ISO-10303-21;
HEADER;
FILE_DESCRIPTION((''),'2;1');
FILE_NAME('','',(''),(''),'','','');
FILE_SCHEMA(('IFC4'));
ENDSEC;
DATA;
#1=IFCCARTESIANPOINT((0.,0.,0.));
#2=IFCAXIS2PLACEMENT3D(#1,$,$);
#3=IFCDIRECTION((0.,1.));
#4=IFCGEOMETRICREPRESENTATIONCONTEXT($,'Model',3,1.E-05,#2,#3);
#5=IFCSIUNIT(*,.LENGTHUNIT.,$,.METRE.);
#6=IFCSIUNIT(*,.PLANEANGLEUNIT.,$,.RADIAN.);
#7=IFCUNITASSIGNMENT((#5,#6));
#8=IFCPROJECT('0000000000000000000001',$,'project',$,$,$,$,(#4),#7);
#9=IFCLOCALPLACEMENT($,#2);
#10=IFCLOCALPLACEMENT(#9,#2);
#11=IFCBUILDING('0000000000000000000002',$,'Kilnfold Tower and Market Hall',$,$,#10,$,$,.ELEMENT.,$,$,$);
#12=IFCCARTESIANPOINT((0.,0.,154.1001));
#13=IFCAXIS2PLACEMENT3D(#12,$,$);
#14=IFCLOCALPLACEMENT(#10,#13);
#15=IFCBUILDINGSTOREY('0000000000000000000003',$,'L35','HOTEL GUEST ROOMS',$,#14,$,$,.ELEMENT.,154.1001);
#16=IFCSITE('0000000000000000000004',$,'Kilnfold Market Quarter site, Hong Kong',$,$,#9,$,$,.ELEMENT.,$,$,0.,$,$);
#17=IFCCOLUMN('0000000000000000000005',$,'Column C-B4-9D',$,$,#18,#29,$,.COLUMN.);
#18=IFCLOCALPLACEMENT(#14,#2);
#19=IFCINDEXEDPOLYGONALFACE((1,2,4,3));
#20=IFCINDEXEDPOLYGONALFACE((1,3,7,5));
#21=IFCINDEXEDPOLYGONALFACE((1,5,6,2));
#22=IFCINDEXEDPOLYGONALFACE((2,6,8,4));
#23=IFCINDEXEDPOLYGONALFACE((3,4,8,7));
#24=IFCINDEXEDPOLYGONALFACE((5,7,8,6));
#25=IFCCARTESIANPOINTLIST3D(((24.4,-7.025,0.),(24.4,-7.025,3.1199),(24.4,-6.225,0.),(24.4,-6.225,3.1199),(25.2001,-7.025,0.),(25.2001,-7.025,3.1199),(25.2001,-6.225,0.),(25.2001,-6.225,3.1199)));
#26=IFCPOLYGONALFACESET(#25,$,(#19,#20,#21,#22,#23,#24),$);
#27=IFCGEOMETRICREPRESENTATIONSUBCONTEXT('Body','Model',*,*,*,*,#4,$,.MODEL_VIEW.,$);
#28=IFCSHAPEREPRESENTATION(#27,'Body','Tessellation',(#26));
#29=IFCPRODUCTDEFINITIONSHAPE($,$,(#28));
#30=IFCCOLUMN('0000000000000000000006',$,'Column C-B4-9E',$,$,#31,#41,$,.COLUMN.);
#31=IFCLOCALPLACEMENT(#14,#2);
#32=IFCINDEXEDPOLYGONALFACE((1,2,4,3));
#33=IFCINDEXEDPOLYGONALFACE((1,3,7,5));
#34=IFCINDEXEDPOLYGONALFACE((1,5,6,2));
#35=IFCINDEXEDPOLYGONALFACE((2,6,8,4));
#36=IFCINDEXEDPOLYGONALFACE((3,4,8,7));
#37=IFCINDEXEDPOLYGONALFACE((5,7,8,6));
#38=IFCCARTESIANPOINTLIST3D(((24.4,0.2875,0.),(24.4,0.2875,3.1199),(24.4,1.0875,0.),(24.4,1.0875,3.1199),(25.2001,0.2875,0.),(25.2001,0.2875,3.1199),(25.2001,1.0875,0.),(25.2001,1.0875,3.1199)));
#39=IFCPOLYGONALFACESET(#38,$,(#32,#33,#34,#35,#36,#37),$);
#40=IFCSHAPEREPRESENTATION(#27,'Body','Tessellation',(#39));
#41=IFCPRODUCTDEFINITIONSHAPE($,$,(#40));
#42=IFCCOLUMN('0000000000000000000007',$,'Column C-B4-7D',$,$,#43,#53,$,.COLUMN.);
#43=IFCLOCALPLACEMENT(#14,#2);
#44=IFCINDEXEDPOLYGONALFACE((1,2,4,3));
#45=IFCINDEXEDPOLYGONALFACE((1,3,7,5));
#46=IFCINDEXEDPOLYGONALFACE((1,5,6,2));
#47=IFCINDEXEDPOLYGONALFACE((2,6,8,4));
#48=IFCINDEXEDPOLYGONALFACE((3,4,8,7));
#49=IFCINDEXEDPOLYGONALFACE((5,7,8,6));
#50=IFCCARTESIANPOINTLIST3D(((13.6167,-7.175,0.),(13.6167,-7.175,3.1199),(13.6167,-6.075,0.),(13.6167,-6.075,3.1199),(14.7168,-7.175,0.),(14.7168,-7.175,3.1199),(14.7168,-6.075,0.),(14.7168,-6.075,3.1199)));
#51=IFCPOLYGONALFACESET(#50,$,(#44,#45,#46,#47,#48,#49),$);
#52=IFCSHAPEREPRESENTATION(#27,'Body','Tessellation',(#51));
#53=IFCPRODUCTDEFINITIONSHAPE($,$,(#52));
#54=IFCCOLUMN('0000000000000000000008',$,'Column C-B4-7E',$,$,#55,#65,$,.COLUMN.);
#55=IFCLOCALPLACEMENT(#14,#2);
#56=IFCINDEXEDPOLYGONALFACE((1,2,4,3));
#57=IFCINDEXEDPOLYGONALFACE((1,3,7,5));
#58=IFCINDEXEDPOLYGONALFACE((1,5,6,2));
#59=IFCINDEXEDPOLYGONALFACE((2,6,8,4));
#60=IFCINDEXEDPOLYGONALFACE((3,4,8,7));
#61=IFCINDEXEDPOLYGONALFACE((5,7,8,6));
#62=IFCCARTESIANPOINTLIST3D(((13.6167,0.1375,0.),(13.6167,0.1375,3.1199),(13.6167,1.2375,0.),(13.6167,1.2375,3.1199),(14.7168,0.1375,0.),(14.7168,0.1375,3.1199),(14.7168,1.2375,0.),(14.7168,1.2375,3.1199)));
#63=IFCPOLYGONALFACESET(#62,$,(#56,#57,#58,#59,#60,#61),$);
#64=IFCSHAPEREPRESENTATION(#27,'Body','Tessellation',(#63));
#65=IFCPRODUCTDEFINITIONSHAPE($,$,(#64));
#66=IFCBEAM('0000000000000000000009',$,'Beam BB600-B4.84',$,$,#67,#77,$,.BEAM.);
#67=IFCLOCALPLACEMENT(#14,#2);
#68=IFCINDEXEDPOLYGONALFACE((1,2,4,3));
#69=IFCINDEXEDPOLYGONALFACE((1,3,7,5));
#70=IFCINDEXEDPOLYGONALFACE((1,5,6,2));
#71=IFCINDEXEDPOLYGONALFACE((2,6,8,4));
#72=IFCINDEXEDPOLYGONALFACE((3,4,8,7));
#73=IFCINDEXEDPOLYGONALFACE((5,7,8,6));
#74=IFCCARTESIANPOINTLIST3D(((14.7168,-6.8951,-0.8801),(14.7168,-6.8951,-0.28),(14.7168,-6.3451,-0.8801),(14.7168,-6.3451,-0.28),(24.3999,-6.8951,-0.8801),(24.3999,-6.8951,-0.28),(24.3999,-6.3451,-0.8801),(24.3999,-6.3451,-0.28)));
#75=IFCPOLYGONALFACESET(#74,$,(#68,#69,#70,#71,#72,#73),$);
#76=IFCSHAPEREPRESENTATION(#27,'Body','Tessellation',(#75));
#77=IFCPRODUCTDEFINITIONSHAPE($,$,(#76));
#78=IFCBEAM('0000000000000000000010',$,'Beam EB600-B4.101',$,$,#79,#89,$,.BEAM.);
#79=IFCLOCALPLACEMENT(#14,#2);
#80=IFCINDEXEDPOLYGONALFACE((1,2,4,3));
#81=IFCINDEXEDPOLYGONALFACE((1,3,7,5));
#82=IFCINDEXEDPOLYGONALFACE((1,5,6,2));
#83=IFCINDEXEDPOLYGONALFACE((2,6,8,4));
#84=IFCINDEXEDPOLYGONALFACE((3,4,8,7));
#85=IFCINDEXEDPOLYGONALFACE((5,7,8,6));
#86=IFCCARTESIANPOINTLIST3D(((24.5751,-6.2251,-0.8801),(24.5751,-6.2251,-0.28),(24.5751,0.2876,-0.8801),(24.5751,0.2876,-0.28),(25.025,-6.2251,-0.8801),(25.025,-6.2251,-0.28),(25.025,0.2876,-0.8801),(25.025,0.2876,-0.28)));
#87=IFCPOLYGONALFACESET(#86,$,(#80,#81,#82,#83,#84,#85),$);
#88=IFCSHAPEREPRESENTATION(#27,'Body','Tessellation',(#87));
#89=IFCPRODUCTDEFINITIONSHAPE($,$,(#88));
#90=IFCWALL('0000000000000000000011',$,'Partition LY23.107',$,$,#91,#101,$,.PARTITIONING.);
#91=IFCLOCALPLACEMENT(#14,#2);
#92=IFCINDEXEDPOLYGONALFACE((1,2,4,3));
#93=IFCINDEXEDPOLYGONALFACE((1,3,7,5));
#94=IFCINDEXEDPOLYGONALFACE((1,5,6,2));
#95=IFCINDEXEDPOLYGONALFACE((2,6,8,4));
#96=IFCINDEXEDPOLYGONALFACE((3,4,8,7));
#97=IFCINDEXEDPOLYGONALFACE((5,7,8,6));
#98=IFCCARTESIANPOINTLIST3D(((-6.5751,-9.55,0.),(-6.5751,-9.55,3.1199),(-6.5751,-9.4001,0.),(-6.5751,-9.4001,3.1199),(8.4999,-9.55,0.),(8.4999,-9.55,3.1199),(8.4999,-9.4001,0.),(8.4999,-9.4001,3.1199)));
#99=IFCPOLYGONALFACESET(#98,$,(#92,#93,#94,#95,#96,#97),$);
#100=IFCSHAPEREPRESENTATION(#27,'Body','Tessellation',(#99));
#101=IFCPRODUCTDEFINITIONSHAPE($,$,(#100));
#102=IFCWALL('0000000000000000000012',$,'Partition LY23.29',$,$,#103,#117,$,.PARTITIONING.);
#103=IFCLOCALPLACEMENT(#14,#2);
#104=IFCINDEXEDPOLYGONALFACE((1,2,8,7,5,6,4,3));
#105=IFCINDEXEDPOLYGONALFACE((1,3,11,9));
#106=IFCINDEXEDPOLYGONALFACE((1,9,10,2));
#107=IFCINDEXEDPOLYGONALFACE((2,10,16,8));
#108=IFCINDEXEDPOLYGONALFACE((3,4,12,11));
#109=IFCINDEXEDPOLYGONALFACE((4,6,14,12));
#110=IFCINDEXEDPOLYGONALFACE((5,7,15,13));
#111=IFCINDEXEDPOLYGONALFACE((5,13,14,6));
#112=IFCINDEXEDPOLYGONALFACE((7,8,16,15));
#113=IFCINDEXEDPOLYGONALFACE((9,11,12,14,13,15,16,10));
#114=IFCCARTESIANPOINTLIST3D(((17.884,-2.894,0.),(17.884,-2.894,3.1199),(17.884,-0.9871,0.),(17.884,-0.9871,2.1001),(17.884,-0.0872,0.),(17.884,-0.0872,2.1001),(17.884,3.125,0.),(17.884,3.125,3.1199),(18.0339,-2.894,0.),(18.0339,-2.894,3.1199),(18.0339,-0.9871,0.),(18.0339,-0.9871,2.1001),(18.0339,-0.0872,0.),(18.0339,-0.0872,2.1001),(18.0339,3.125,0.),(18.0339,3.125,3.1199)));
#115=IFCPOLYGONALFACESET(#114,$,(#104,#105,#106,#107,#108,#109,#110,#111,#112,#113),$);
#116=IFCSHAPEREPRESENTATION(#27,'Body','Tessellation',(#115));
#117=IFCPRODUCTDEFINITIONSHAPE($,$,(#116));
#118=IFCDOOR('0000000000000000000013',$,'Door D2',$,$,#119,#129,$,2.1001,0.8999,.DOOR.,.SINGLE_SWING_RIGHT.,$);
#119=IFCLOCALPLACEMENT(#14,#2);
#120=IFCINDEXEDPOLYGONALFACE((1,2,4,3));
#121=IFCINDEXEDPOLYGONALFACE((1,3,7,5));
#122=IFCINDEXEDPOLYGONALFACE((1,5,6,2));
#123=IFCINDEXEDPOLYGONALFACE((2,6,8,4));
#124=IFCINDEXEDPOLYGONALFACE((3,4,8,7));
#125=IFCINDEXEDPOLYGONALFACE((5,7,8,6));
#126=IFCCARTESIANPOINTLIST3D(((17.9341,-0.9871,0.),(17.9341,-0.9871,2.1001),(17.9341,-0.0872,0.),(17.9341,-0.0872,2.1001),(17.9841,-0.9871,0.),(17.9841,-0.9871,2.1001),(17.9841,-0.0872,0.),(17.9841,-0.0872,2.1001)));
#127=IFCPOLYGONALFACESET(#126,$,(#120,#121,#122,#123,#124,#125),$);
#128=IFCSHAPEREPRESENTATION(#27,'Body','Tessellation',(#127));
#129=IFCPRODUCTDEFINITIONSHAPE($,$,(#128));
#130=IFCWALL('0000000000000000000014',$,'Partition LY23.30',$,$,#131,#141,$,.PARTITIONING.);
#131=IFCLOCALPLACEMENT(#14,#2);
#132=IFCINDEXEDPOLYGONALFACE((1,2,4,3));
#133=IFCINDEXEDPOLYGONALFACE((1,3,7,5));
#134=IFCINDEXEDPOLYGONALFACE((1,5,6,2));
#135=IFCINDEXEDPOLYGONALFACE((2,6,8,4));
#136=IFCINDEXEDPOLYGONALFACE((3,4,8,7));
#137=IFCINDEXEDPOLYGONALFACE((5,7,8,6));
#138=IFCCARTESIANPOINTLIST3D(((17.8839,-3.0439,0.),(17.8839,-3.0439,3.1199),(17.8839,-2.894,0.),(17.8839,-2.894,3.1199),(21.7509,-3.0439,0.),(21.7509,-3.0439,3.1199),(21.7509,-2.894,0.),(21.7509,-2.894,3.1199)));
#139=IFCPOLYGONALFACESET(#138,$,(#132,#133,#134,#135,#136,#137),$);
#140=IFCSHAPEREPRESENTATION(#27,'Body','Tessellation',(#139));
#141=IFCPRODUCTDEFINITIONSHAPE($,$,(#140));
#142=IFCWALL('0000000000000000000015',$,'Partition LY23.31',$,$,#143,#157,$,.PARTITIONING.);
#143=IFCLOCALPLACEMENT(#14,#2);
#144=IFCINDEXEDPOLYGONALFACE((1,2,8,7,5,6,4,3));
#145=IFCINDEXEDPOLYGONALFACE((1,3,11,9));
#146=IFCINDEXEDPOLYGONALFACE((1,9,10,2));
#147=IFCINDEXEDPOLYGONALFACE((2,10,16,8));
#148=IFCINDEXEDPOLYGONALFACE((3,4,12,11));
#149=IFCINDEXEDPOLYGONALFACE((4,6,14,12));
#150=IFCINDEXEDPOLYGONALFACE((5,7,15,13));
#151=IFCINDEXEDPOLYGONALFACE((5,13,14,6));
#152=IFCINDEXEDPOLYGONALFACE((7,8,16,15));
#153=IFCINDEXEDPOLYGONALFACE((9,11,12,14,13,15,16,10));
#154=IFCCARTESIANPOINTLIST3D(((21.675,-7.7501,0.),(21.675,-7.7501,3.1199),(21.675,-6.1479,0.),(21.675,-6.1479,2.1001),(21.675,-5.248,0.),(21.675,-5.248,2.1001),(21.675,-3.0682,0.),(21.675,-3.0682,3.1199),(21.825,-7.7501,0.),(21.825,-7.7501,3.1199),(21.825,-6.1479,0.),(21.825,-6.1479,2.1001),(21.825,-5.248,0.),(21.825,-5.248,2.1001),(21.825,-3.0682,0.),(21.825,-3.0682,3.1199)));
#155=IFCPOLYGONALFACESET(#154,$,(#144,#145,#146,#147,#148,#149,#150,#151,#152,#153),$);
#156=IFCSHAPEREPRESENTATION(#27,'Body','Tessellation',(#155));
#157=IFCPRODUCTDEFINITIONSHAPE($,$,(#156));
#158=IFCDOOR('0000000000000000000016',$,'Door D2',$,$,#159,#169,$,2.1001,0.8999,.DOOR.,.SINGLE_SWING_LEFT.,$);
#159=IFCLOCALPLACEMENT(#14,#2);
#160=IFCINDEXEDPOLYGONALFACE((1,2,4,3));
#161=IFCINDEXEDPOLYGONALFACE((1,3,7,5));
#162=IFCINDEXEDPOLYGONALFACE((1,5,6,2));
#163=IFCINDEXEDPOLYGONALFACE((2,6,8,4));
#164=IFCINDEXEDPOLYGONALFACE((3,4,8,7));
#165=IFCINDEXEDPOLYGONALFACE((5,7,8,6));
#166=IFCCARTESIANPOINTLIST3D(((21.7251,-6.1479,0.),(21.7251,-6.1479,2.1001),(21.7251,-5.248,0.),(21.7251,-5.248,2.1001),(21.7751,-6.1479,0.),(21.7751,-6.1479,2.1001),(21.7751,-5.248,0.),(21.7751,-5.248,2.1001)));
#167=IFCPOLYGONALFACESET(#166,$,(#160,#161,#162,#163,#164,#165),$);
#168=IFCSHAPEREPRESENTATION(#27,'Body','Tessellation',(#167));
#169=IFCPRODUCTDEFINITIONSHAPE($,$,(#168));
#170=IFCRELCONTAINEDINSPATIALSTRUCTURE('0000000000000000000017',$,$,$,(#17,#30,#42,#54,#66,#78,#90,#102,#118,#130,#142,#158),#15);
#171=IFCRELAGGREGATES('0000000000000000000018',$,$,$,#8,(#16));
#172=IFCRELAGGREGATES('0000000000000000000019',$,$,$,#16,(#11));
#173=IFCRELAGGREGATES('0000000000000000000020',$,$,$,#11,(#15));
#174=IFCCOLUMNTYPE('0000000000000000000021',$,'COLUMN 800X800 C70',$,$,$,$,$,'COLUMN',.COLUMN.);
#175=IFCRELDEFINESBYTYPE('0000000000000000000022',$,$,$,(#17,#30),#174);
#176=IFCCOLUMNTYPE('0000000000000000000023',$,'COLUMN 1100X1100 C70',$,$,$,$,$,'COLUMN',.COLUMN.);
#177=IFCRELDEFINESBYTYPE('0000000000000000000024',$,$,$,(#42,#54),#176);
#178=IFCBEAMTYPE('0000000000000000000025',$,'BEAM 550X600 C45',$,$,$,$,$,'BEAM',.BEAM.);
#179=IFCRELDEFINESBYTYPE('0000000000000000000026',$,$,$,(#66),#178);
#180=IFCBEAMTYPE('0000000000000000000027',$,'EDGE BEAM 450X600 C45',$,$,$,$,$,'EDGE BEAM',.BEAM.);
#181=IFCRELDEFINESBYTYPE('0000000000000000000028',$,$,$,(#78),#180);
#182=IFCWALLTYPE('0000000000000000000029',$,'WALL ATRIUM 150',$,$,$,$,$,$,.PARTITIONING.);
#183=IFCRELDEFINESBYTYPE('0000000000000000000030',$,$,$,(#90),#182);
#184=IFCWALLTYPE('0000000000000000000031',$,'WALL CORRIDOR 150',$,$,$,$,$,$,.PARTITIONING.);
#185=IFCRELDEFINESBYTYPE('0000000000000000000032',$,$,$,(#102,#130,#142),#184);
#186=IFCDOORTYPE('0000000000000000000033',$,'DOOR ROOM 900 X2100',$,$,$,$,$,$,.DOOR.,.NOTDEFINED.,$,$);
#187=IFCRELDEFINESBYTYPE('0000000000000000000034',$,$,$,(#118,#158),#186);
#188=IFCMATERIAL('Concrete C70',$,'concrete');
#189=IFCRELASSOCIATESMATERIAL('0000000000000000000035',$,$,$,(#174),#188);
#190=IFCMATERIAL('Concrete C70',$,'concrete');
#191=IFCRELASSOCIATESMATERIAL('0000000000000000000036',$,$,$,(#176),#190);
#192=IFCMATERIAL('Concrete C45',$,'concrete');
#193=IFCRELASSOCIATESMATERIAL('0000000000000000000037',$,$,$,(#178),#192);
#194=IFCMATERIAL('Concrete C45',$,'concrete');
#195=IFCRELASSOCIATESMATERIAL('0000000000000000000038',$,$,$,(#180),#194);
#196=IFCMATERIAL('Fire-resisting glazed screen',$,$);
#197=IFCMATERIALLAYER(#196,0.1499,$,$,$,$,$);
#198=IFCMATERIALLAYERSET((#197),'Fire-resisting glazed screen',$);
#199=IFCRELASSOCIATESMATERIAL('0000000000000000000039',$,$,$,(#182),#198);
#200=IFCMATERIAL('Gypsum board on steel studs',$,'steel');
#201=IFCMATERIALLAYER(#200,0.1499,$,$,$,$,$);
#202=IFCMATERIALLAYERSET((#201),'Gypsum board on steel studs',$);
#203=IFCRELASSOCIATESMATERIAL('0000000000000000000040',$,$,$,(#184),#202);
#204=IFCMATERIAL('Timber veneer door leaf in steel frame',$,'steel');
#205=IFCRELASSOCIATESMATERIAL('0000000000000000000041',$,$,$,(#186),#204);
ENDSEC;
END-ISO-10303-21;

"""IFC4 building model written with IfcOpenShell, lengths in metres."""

from ifc_helpers import new_model, si_unit, direction, frame, frame_2d, origin, origin_2d, place, context, subcontext, project, spatial, rectangle, extrude, source, transform, mapped, material, layer, layer_set, material_profile, profile_set, type_object, element, fill, save


model = new_model("IFC4")

# Units and contexts
model_context = context("Model", 3, precision=1e-05, world=origin(), true_north=direction((0.0, 1.0)))
body_context = subcontext(model_context, "Body", "Model", "MODEL_VIEW")
ifc_project = project(units=[si_unit("LENGTHUNIT", "METRE"), si_unit("PLANEANGLEUNIT", "RADIAN")], contexts=[model_context])

# Site, building, storey
site_placement = place(None, origin())
site = spatial("IfcSite", under=ifc_project, at=site_placement, Name="Kilnfold Market Quarter site, Hong Kong", CompositionType="ELEMENT", RefElevation=0.0)
building_placement = place(site_placement, origin())
building = spatial("IfcBuilding", under=site, at=building_placement, Name="Kilnfold Tower and Market Hall", CompositionType="ELEMENT")
storey_placement = place(building_placement, frame((0.0, 0.0, 154.1001)))
storey = spatial("IfcBuildingStorey", under=building, at=storey_placement, Name="L35", Description="HOTEL GUEST ROOMS", CompositionType="ELEMENT", Elevation=154.1001)

# Columns
ifc_material_1 = material(Name="Concrete C70", Category="concrete")
ifc_material_profile_1 = material_profile(ifc_material_1, rectangle(XDim=0.8, YDim=0.8, at=origin_2d()), Name="RC 800x800")
ifc_profile_set_1 = profile_set([ifc_material_profile_1], Name="Concrete C70")
column_type_1 = type_object("IfcColumnType", Name="COLUMN 800X800 C70", ElementType="COLUMN", PredefinedType="COLUMN", material=ifc_profile_set_1)
shared_shape_1 = source(origin(), body_context, "Body", "SweptSolid", [
    extrude(rectangle(XDim=0.8, YDim=0.8, at=origin_2d()), origin(), (0.0, 0.0, 1.0), 3.1199),
])
for number, where, z_axis, x_axis, name in (
    (1, (24.8, -6.625, 0.0), (0.0, 0.0, 1.0), (1.0, 0.0, 0.0), "Column C-B4-9D"),
    (2, (24.8, 0.6875, 0.0), (0.0, 0.0, 1.0), (1.0, 0.0, 0.0), "Column C-B4-9E"),
):
    element("IfcColumn", number, at=place(storey_placement, frame(where, z_axis=z_axis, x_axis=x_axis)), inside=storey, type_object=column_type_1, Name=name, PredefinedType="COLUMN", context=body_context, shape_type="MappedRepresentation", body=[
        mapped(shared_shape_1, transform((0.0, 0.0, 0.0))),
    ])
ifc_material_2 = material(Name="Concrete C70", Category="concrete")
ifc_material_profile_2 = material_profile(ifc_material_2, rectangle(XDim=1.1001, YDim=1.1001, at=origin_2d()), Name="RC 1100x1100")
ifc_profile_set_2 = profile_set([ifc_material_profile_2], Name="Concrete C70")
column_type_2 = type_object("IfcColumnType", Name="COLUMN 1100X1100 C70", ElementType="COLUMN", PredefinedType="COLUMN", material=ifc_profile_set_2)
shared_shape_2 = source(origin(), body_context, "Body", "SweptSolid", [
    extrude(rectangle(XDim=1.1001, YDim=1.1001, at=origin_2d()), origin(), (0.0, 0.0, 1.0), 3.1199),
])
for number, where, z_axis, x_axis, name in (
    (3, (14.1667, -6.625, 0.0), (0.0, 0.0, 1.0), (1.0, 0.0, 0.0), "Column C-B4-7D"),
    (4, (14.1667, 0.6875, 0.0), (0.0, 0.0, 1.0), (1.0, 0.0, 0.0), "Column C-B4-7E"),
):
    element("IfcColumn", number, at=place(storey_placement, frame(where, z_axis=z_axis, x_axis=x_axis)), inside=storey, type_object=column_type_2, Name=name, PredefinedType="COLUMN", context=body_context, shape_type="MappedRepresentation", body=[
        mapped(shared_shape_2, transform((0.0, 0.0, 0.0))),
    ])

# Beams
ifc_material_3 = material(Name="Concrete C45", Category="concrete")
ifc_material_profile_3 = material_profile(ifc_material_3, rectangle(XDim=0.55, YDim=0.6001, at=origin_2d()), Name="RC 550x600")
ifc_profile_set_3 = profile_set([ifc_material_profile_3], Name="Concrete C45")
beam_type_1 = type_object("IfcBeamType", Name="BEAM 550X600 C45", ElementType="BEAM", PredefinedType="BEAM", material=ifc_profile_set_3)
shared_shape_3 = source(origin(), body_context, "Body", "SweptSolid", [
    extrude(rectangle(XDim=0.55, YDim=0.6001, at=origin_2d()), origin(), (0.0, 0.0, 1.0), 9.6831),
])
beam_1_placement = place(storey_placement, frame((14.7168, -6.6201, -0.5801), z_axis=(1.0, 0.0, 0.0), x_axis=(0.0, 1.0, 0.0)))
element("IfcBeam", 5, at=beam_1_placement, inside=storey, type_object=beam_type_1, Name="Beam BB600-B4.84", PredefinedType="BEAM", context=body_context, shape_type="MappedRepresentation", body=[
    mapped(shared_shape_3, transform((0.0, 0.0, 0.0))),
])
ifc_material_4 = material(Name="Concrete C45", Category="concrete")
ifc_material_profile_4 = material_profile(ifc_material_4, rectangle(XDim=0.45, YDim=0.6001, at=origin_2d()), Name="RC 450x600")
ifc_profile_set_4 = profile_set([ifc_material_profile_4], Name="Concrete C45")
beam_type_2 = type_object("IfcBeamType", Name="EDGE BEAM 450X600 C45", ElementType="EDGE BEAM", PredefinedType="BEAM", material=ifc_profile_set_4)
shared_shape_4 = source(origin(), body_context, "Body", "SweptSolid", [
    extrude(rectangle(XDim=0.45, YDim=0.6001, at=origin_2d()), origin(), (0.0, 0.0, 1.0), 6.5127),
])
beam_2_placement = place(storey_placement, frame((24.8, -6.2251, -0.5801), z_axis=(0.0, 1.0, 0.0), x_axis=(-1.0, 0.0, 0.0)))
element("IfcBeam", 6, at=beam_2_placement, inside=storey, type_object=beam_type_2, Name="Beam EB600-B4.101", PredefinedType="BEAM", context=body_context, shape_type="MappedRepresentation", body=[
    mapped(shared_shape_4, transform((0.0, 0.0, 0.0))),
])

# Wall
ifc_material_5 = material(Name="Fire-resisting glazed screen")
ifc_layer_1 = layer(ifc_material_5, 0.1499)
ifc_layer_set_1 = layer_set([ifc_layer_1], Name="Fire-resisting glazed screen")
wall_type_1 = type_object("IfcWallType", Name="WALL ATRIUM 150", PredefinedType="PARTITIONING", material=ifc_layer_set_1)
wall_1_placement = place(storey_placement, frame((8.5, -9.4751, 0.0), z_axis=(0.0, 0.0, 1.0), x_axis=(-1.0, 0.0, 0.0)))
element("IfcWall", 7, at=wall_1_placement, inside=storey, type_object=wall_type_1, Name="Partition LY23.107", PredefinedType="PARTITIONING", context=body_context, shape_type="SweptSolid", body=[
    extrude(rectangle(XDim=15.075, YDim=0.1499, at=frame_2d((7.5376, 0.0))), origin(), (0.0, 0.0, 1.0), 3.1199),
])

# Wall, opening, door
ifc_material_6 = material(Name="Gypsum board on steel studs", Category="steel")
ifc_layer_2 = layer(ifc_material_6, 0.1499)
ifc_layer_set_2 = layer_set([ifc_layer_2], Name="Gypsum board on steel studs")
wall_type_2 = type_object("IfcWallType", Name="WALL CORRIDOR 150", PredefinedType="PARTITIONING", material=ifc_layer_set_2)
wall_2_placement = place(storey_placement, frame((17.959, -2.894, 0.0), z_axis=(0.0, 0.0, 1.0), x_axis=(0.0, 1.0, 0.0)))
wall_2 = element("IfcWall", 8, at=wall_2_placement, inside=storey, type_object=wall_type_2, Name="Partition LY23.29", PredefinedType="PARTITIONING", context=body_context, shape_type="SweptSolid", body=[
    extrude(rectangle(XDim=6.019, YDim=0.1499, at=frame_2d((3.0095, 0.0))), origin(), (0.0, 0.0, 1.0), 3.1199),
])
opening_1_placement = place(wall_2_placement, frame((1.907, 0.0, 0.0)))
opening_1 = element("IfcOpeningElement", 9, at=opening_1_placement, cuts=wall_2, PredefinedType="OPENING", context=body_context, shape_type="SweptSolid", body=[
    extrude(rectangle(XDim=0.8999, YDim=2.1001, at=frame_2d((0.45, 1.05))), frame((0.0, 0.085, 0.0), z_axis=(0.0, -1.0, 0.0), x_axis=(1.0, 0.0, 0.0)), (0.0, 0.0, 1.0), 0.1699),
])
ifc_material_7 = material(Name="Timber veneer door leaf in steel frame", Category="steel")
door_type_1 = type_object("IfcDoorType", Name="DOOR ROOM 900 X2100", OperationType="NOTDEFINED", PredefinedType="DOOR", material=ifc_material_7)
door_1_placement = place(opening_1_placement, origin())
door_1 = element("IfcDoor", 10, at=door_1_placement, inside=storey, type_object=door_type_1, Name="Door D2", OperationType="SINGLE_SWING_RIGHT", OverallHeight=2.1001, OverallWidth=0.8999, PredefinedType="DOOR", context=body_context, shape_type="SweptSolid", body=[
    extrude(rectangle(XDim=0.8999, YDim=2.1001, at=frame_2d((0.45, 1.05))), frame((0.0, 0.0249, 0.0), z_axis=(0.0, -1.0, 0.0), x_axis=(1.0, 0.0, 0.0)), (0.0, 0.0, 1.0), 0.05),
])
fill(opening_1, door_1)

# Wall
wall_3_placement = place(storey_placement, frame((21.751, -2.969, 0.0), z_axis=(0.0, 0.0, 1.0), x_axis=(-1.0, 0.0, 0.0)))
element("IfcWall", 11, at=wall_3_placement, inside=storey, type_object=wall_type_2, Name="Partition LY23.30", PredefinedType="PARTITIONING", context=body_context, shape_type="SweptSolid", body=[
    extrude(rectangle(XDim=3.8669, YDim=0.1499, at=frame_2d((1.9336, 0.0))), origin(), (0.0, 0.0, 1.0), 3.1199),
])

# Wall, opening, door
wall_4_placement = place(storey_placement, frame((21.75, -7.75, 0.0), z_axis=(0.0, 0.0, 1.0), x_axis=(0.0, 1.0, 0.0)))
wall_4 = element("IfcWall", 12, at=wall_4_placement, inside=storey, type_object=wall_type_2, Name="Partition LY23.31", PredefinedType="PARTITIONING", context=body_context, shape_type="SweptSolid", body=[
    extrude(rectangle(XDim=4.6819, YDim=0.1499, at=frame_2d((2.3408, 0.0))), origin(), (0.0, 0.0, 1.0), 3.1199),
])
opening_2_placement = place(wall_4_placement, frame((1.6021, 0.0, 0.0)))
opening_2 = element("IfcOpeningElement", 13, at=opening_2_placement, cuts=wall_4, PredefinedType="OPENING", context=body_context, shape_type="SweptSolid", body=[
    extrude(rectangle(XDim=0.8999, YDim=2.1001, at=frame_2d((0.45, 1.05))), frame((0.0, 0.085, 0.0), z_axis=(0.0, -1.0, 0.0), x_axis=(1.0, 0.0, 0.0)), (0.0, 0.0, 1.0), 0.1699),
])
door_2_placement = place(opening_2_placement, origin())
door_2 = element("IfcDoor", 14, at=door_2_placement, inside=storey, type_object=door_type_1, Name="Door D2", OperationType="SINGLE_SWING_LEFT", OverallHeight=2.1001, OverallWidth=0.8999, PredefinedType="DOOR", context=body_context, shape_type="SweptSolid", body=[
    extrude(rectangle(XDim=0.8999, YDim=2.1001, at=frame_2d((0.45, 1.05))), frame((0.0, 0.0249, 0.0), z_axis=(0.0, -1.0, 0.0), x_axis=(1.0, 0.0, 0.0)), (0.0, 0.0, 1.0), 0.05),
])
fill(opening_2, door_2)

save(model, "model.ifc")
